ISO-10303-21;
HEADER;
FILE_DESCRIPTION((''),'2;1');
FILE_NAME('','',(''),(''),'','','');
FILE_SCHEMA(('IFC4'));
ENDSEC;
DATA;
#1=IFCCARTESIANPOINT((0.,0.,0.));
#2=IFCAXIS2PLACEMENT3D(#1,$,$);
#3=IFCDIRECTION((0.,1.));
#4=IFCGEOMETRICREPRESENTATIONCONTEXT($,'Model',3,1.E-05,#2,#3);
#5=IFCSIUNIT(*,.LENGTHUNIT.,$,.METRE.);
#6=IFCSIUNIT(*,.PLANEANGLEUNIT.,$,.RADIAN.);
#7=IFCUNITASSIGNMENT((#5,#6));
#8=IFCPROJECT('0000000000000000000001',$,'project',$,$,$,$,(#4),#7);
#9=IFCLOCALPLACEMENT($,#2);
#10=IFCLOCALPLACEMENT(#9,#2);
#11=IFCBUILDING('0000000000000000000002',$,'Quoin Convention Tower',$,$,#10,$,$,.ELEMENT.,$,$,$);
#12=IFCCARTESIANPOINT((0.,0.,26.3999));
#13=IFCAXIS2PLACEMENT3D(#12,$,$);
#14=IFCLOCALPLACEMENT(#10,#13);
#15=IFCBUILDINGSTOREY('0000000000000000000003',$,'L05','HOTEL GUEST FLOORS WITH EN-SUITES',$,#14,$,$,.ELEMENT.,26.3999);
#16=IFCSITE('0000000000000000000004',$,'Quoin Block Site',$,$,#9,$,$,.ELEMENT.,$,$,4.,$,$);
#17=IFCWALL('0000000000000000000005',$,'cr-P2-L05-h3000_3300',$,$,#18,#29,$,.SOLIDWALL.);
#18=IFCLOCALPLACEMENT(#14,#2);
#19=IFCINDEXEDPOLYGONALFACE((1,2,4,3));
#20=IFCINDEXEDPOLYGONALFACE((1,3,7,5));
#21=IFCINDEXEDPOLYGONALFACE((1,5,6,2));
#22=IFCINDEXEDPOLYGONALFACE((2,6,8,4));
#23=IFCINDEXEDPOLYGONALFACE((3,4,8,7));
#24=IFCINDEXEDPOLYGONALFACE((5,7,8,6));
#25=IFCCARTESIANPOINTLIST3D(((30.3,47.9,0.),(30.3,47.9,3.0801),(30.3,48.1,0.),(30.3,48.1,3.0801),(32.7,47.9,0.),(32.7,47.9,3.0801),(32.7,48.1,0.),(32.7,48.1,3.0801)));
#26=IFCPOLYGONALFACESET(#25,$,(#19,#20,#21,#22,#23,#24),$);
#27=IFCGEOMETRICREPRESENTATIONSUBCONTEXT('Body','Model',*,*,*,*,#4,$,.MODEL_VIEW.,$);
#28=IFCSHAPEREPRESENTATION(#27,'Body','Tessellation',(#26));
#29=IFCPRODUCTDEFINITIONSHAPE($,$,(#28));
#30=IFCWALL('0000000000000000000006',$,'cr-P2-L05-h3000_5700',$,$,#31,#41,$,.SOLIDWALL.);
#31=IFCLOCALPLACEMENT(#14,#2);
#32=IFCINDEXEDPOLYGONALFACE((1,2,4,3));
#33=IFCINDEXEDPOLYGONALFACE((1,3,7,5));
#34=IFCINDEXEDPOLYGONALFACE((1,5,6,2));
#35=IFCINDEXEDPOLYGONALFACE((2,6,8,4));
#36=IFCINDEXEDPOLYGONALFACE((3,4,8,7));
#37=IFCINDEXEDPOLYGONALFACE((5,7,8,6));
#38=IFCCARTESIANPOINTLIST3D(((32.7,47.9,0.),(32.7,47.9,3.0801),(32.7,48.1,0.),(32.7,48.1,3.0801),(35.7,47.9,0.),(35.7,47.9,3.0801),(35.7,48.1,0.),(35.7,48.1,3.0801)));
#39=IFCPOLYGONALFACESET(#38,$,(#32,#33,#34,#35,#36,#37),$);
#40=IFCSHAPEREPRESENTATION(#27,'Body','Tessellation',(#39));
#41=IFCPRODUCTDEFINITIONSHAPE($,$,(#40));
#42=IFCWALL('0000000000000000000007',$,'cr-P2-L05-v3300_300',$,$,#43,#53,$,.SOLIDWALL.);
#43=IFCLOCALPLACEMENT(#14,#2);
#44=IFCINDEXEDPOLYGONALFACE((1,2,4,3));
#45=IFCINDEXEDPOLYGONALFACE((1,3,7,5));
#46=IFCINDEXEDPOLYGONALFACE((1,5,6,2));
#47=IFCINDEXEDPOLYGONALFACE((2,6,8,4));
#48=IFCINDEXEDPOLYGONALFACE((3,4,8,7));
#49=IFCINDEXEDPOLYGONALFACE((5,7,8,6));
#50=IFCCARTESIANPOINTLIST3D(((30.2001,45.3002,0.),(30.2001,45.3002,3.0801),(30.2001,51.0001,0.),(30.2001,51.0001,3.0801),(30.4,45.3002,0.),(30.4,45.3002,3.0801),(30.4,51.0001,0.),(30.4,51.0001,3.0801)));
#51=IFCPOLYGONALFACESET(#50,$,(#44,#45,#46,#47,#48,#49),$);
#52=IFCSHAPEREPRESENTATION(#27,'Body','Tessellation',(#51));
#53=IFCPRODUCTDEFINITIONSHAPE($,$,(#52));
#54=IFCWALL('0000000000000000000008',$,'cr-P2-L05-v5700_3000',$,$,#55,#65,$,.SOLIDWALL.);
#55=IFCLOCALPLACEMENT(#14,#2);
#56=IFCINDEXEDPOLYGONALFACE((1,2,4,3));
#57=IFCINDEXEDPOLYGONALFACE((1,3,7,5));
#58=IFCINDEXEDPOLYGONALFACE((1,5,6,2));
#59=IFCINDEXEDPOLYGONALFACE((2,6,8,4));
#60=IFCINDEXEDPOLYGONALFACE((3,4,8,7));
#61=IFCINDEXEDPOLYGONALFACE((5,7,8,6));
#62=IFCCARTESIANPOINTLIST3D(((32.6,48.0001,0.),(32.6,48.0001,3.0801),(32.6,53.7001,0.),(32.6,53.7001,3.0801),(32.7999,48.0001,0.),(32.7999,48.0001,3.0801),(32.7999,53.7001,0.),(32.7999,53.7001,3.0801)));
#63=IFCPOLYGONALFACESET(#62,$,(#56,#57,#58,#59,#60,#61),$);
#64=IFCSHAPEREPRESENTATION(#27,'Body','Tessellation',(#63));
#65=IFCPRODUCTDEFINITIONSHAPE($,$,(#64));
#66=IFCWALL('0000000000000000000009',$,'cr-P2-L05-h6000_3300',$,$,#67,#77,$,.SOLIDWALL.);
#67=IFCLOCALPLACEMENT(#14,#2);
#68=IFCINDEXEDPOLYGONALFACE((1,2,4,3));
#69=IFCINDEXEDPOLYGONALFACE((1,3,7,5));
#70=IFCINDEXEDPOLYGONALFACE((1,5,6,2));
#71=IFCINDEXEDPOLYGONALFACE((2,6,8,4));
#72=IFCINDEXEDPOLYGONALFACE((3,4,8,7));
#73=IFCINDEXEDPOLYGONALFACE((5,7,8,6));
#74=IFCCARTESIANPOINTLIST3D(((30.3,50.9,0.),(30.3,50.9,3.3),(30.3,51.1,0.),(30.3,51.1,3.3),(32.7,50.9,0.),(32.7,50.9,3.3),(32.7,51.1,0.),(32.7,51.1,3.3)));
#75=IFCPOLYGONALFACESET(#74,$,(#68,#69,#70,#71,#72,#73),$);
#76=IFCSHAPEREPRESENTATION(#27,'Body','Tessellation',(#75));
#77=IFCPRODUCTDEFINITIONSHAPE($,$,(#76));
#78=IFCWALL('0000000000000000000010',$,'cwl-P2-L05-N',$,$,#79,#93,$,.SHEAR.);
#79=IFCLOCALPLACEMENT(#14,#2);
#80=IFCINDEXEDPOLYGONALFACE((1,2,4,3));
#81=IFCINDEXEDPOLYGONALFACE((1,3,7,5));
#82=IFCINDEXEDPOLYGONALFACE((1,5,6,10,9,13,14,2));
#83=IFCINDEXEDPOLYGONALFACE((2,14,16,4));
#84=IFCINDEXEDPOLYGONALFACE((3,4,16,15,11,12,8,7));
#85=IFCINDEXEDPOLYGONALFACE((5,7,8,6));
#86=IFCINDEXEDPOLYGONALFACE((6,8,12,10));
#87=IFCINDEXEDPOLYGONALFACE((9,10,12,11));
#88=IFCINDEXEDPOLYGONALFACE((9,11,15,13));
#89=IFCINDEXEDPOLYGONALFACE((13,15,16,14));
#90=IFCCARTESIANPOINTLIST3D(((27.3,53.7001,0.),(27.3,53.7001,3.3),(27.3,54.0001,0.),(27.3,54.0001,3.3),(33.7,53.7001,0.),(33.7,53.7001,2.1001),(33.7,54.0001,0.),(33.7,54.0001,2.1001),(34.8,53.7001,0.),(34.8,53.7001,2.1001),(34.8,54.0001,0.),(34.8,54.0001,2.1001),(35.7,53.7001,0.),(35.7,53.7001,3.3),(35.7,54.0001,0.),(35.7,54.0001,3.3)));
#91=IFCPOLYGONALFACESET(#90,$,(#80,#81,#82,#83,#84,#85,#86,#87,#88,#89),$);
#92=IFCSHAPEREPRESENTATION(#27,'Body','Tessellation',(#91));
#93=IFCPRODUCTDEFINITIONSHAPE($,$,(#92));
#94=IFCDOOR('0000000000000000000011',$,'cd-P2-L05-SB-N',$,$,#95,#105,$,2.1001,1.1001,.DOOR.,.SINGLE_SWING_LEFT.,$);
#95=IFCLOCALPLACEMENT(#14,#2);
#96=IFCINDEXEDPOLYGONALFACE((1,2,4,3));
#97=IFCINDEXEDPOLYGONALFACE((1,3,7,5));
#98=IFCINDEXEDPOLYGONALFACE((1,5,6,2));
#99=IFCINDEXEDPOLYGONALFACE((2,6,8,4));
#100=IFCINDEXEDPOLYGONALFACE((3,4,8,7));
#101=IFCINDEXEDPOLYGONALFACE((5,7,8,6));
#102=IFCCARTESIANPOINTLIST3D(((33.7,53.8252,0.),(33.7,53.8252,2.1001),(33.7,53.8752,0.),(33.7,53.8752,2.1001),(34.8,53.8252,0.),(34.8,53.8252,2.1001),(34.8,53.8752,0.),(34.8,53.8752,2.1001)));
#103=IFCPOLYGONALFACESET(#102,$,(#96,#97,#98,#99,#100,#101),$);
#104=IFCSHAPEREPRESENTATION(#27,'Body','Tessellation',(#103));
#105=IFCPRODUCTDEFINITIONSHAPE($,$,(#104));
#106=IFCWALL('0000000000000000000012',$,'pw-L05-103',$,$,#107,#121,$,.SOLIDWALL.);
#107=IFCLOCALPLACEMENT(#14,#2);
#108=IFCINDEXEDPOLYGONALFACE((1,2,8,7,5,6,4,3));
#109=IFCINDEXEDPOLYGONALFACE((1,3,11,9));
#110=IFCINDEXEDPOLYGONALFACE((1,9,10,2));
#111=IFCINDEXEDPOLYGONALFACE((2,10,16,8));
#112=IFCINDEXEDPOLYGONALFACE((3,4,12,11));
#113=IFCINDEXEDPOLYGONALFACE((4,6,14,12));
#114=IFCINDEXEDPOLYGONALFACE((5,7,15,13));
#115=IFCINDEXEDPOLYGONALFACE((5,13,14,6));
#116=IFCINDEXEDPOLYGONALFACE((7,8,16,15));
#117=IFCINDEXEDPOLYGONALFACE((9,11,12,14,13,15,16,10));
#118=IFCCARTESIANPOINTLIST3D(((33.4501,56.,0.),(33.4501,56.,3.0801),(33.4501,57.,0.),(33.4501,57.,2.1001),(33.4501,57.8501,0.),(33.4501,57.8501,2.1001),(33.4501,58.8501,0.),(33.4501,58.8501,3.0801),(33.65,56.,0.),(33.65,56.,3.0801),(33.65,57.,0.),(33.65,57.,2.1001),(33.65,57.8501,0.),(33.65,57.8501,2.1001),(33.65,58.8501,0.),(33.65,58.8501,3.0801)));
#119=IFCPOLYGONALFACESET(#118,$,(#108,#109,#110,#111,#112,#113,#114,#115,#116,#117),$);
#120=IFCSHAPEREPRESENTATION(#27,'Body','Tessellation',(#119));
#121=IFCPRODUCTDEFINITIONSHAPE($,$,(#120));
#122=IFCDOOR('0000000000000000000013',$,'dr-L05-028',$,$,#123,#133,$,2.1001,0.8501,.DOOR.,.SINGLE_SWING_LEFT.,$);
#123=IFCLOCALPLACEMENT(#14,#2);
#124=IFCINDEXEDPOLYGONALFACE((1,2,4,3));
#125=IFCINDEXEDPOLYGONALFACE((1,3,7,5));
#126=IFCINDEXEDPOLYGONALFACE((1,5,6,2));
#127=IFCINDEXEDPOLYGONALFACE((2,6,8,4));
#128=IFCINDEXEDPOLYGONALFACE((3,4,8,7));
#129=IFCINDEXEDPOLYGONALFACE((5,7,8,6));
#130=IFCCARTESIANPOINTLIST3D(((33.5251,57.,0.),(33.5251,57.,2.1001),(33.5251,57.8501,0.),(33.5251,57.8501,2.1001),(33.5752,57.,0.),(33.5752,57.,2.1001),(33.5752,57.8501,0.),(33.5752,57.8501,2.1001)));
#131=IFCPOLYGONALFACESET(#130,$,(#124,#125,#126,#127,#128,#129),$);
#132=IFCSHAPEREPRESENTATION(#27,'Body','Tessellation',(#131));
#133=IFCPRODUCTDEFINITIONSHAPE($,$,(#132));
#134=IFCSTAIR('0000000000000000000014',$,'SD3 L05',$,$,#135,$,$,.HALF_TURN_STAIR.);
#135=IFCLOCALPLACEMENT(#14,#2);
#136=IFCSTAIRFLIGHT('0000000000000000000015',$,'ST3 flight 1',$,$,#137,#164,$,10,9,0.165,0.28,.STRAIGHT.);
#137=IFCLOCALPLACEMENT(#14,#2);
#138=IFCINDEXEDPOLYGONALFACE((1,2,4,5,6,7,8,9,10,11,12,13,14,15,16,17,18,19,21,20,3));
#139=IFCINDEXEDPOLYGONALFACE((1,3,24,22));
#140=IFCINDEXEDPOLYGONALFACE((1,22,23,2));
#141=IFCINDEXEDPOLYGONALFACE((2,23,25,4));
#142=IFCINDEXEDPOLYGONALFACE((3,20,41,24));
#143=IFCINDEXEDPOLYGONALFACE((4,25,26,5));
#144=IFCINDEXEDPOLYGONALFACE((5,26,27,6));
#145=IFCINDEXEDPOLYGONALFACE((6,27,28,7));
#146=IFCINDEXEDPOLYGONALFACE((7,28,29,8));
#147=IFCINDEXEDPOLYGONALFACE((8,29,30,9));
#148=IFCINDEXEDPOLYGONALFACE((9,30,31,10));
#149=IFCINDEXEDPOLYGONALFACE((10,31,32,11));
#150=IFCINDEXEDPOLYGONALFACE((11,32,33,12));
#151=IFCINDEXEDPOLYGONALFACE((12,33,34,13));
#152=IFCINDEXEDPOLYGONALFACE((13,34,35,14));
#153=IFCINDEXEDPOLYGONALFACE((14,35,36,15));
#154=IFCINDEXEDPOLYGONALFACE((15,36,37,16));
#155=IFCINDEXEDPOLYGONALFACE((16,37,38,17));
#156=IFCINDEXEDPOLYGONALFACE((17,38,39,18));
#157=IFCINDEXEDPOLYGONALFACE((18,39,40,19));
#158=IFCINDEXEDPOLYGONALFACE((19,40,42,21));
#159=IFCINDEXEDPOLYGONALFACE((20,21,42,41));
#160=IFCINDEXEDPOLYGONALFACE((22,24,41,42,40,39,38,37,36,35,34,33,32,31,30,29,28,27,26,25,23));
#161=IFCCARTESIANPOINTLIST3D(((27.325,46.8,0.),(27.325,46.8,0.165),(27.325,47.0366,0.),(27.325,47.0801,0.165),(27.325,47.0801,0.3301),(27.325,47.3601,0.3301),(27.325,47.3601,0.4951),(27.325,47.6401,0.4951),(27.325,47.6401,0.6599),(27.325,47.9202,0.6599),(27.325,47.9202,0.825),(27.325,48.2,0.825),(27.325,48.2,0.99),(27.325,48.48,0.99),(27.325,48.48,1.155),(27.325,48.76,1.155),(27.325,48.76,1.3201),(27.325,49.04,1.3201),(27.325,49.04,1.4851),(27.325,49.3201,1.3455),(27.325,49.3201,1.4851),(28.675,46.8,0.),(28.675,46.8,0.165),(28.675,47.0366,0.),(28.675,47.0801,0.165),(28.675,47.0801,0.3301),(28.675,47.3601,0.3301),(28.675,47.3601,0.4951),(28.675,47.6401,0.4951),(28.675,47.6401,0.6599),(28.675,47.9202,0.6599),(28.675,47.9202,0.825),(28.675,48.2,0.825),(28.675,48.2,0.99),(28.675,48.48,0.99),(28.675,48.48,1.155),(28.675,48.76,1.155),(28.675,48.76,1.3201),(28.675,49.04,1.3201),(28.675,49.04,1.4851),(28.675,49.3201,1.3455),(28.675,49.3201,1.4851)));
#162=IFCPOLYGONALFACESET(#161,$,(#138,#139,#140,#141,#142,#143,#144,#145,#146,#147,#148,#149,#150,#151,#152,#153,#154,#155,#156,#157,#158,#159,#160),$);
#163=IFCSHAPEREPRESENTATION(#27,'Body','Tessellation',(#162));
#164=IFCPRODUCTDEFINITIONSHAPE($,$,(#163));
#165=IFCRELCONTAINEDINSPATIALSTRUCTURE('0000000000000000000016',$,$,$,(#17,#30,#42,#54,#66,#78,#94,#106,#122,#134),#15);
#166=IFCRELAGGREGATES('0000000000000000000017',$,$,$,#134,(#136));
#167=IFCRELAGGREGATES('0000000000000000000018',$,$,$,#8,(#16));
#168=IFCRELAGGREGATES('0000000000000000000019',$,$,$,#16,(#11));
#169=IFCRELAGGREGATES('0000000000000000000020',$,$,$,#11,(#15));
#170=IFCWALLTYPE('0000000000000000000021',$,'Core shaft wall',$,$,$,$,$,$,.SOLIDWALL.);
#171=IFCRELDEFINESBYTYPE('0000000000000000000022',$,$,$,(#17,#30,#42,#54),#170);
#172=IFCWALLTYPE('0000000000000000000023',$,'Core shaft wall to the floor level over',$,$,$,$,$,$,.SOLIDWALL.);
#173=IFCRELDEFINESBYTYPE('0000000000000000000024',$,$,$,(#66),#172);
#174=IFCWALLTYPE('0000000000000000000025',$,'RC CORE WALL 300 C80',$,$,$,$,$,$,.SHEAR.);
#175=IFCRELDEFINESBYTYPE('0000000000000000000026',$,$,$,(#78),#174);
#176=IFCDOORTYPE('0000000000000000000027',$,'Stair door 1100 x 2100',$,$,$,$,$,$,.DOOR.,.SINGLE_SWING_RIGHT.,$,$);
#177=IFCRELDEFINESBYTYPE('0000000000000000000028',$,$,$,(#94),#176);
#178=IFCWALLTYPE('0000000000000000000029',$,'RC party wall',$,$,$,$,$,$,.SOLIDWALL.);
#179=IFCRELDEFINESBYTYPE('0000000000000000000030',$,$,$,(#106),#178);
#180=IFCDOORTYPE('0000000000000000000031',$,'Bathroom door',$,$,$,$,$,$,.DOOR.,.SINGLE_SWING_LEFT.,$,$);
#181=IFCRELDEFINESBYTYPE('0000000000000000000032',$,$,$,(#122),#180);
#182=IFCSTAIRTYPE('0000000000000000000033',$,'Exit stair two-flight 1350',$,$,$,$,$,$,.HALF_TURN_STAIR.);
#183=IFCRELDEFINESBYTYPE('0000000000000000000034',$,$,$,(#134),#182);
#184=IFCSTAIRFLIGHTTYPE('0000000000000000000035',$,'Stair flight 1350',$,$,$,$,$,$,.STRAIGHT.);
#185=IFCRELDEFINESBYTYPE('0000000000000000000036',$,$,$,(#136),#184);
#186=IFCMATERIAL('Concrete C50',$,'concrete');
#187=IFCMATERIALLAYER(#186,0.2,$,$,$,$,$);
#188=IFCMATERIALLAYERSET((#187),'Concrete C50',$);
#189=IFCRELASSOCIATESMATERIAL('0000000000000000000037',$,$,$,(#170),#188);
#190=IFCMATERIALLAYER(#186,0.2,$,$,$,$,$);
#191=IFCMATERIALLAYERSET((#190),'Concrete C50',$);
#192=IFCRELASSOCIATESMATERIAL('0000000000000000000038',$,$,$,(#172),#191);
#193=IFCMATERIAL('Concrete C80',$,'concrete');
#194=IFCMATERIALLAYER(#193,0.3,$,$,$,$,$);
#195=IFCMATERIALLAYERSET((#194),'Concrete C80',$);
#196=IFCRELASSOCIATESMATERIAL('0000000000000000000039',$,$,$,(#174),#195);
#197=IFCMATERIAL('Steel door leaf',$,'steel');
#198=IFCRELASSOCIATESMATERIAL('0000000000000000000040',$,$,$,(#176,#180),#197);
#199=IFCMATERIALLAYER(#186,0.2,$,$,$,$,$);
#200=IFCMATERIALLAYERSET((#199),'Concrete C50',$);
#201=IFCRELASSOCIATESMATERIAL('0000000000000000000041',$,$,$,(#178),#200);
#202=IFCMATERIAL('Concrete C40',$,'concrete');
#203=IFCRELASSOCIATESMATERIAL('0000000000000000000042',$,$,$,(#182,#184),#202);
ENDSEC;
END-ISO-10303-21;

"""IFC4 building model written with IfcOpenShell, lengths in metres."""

from ifc_helpers import new_model, si_unit, direction, frame, frame_2d, origin, place, context, subcontext, project, spatial, polyline, rectangle, outline, extrude, material, layer, layer_set, type_object, element, fill, aggregate, save


model = new_model("IFC4")

# Units and contexts
model_context = context("Model", 3, precision=1e-05, world=origin(), true_north=direction((0.0, 1.0)))
body_context = subcontext(model_context, "Body", "Model", "MODEL_VIEW")
ifc_project = project(units=[si_unit("LENGTHUNIT", "METRE"), si_unit("PLANEANGLEUNIT", "RADIAN")], contexts=[model_context])

# Site, building, storey
site_placement = place(None, origin())
site = spatial("IfcSite", under=ifc_project, at=site_placement, Name="Quoin Block Site", CompositionType="ELEMENT", RefElevation=4.0)
building_placement = place(site_placement, origin())
building = spatial("IfcBuilding", under=site, at=building_placement, Name="Quoin Convention Tower", CompositionType="ELEMENT")
storey_placement = place(building_placement, frame((0.0, 0.0, 26.3999)))
storey = spatial("IfcBuildingStorey", under=building, at=storey_placement, Name="L05", Description="HOTEL GUEST FLOORS WITH EN-SUITES", CompositionType="ELEMENT", Elevation=26.3999)

# Walls
ifc_material_1 = material(Name="Concrete C50", Category="concrete")
ifc_layer_1 = layer(ifc_material_1, 0.2)
ifc_layer_set_1 = layer_set([ifc_layer_1], Name="Concrete C50")
wall_type_1 = type_object("IfcWallType", Name="Core shaft wall", PredefinedType="SOLIDWALL", material=ifc_layer_set_1)
wall_1_placement = place(storey_placement, frame((30.3, 48.0, 0.0), z_axis=(0.0, 0.0, 1.0), x_axis=(1.0, 0.0, 0.0)))
element("IfcWall", 1, at=wall_1_placement, inside=storey, type_object=wall_type_1, Name="cr-P2-L05-h3000_3300", PredefinedType="SOLIDWALL", context=body_context, shape_type="SweptSolid", body=[
    extrude(rectangle(XDim=2.3999, YDim=0.2, at=frame_2d((1.2, 0.0))), origin(), (0.0, 0.0, 1.0), 3.0801),
])
wall_2_placement = place(storey_placement, frame((32.7, 48.0, 0.0), z_axis=(0.0, 0.0, 1.0), x_axis=(1.0, 0.0, 0.0)))
element("IfcWall", 2, at=wall_2_placement, inside=storey, type_object=wall_type_1, Name="cr-P2-L05-h3000_5700", PredefinedType="SOLIDWALL", context=body_context, shape_type="SweptSolid", body=[
    extrude(rectangle(XDim=3.0, YDim=0.2, at=frame_2d((1.5, 0.0))), origin(), (0.0, 0.0, 1.0), 3.0801),
])
for number, where, z_axis, x_axis, name in (
    (3, (30.3, 45.3, 0.0), (0.0, 0.0, 1.0), (0.0, 1.0, 0.0), "cr-P2-L05-v3300_300"),
    (4, (32.7, 48.0, 0.0), (0.0, 0.0, 1.0), (0.0, 1.0, 0.0), "cr-P2-L05-v5700_3000"),
):
    element("IfcWall", number, at=place(storey_placement, frame(where, z_axis=z_axis, x_axis=x_axis)), inside=storey, type_object=wall_type_1, Name=name, PredefinedType="SOLIDWALL", context=body_context, shape_type="SweptSolid", body=[
        extrude(rectangle(XDim=5.7, YDim=0.2, at=frame_2d((2.8501, 0.0))), origin(), (0.0, 0.0, 1.0), 3.0801),
    ])
ifc_layer_2 = layer(ifc_material_1, 0.2)
ifc_layer_set_2 = layer_set([ifc_layer_2], Name="Concrete C50")
wall_type_2 = type_object("IfcWallType", Name="Core shaft wall to the floor level over", PredefinedType="SOLIDWALL", material=ifc_layer_set_2)
wall_3_placement = place(storey_placement, frame((30.3, 51.0, 0.0), z_axis=(0.0, 0.0, 1.0), x_axis=(1.0, 0.0, 0.0)))
element("IfcWall", 5, at=wall_3_placement, inside=storey, type_object=wall_type_2, Name="cr-P2-L05-h6000_3300", PredefinedType="SOLIDWALL", context=body_context, shape_type="SweptSolid", body=[
    extrude(rectangle(XDim=2.3999, YDim=0.2, at=frame_2d((1.2, 0.0))), origin(), (0.0, 0.0, 1.0), 3.3),
])

# Walls, openings, doors
ifc_material_2 = material(Name="Concrete C80", Category="concrete")
ifc_layer_3 = layer(ifc_material_2, 0.3)
ifc_layer_set_3 = layer_set([ifc_layer_3], Name="Concrete C80")
wall_type_3 = type_object("IfcWallType", Name="RC CORE WALL 300 C80", PredefinedType="SHEAR", material=ifc_layer_set_3)
wall_4_placement = place(storey_placement, frame((27.3, 53.8501, 0.0), z_axis=(0.0, 0.0, 1.0), x_axis=(1.0, 0.0, 0.0)))
wall_4 = element("IfcWall", 6, at=wall_4_placement, inside=storey, type_object=wall_type_3, Name="cwl-P2-L05-N", PredefinedType="SHEAR", context=body_context, shape_type="SweptSolid", body=[
    extrude(rectangle(XDim=8.3999, YDim=0.3, at=frame_2d((4.2, 0.0))), origin(), (0.0, 0.0, 1.0), 3.3),
])
opening_1_placement = place(wall_4_placement, frame((6.3999, 0.0, 0.0)))
opening_1 = element("IfcOpeningElement", 7, at=opening_1_placement, cuts=wall_4, PredefinedType="OPENING", context=body_context, shape_type="SweptSolid", body=[
    extrude(rectangle(XDim=1.1001, YDim=2.1001, at=frame_2d((0.55, 1.05))), frame((0.0, 0.1599, 0.0), z_axis=(0.0, -1.0, 0.0), x_axis=(1.0, 0.0, 0.0)), (0.0, 0.0, 1.0), 0.3201),
])
ifc_material_3 = material(Name="Steel door leaf", Category="steel")
door_type_1 = type_object("IfcDoorType", Name="Stair door 1100 x 2100", OperationType="SINGLE_SWING_RIGHT", PredefinedType="DOOR", material=ifc_material_3)
door_1_placement = place(opening_1_placement, frame((1.1001, 0.0, 0.0), z_axis=(0.0, 0.0, 1.0), x_axis=(-1.0, 0.0, 0.0)))
door_1 = element("IfcDoor", 8, at=door_1_placement, inside=storey, type_object=door_type_1, Name="cd-P2-L05-SB-N", OperationType="SINGLE_SWING_LEFT", OverallHeight=2.1001, OverallWidth=1.1001, PredefinedType="DOOR", context=body_context, shape_type="SweptSolid", body=[
    extrude(rectangle(XDim=1.1001, YDim=2.1001, at=frame_2d((0.55, 1.05))), frame((0.0, 0.0249, 0.0), z_axis=(0.0, -1.0, 0.0), x_axis=(1.0, 0.0, 0.0)), (0.0, 0.0, 1.0), 0.05),
])
fill(opening_1, door_1)
ifc_layer_4 = layer(ifc_material_1, 0.2)
ifc_layer_set_4 = layer_set([ifc_layer_4], Name="Concrete C50")
wall_type_4 = type_object("IfcWallType", Name="RC party wall", PredefinedType="SOLIDWALL", material=ifc_layer_set_4)
wall_5_placement = place(storey_placement, frame((33.55, 56.0, 0.0), z_axis=(0.0, 0.0, 1.0), x_axis=(0.0, 1.0, 0.0)))
wall_5 = element("IfcWall", 9, at=wall_5_placement, inside=storey, type_object=wall_type_4, Name="pw-L05-103", PredefinedType="SOLIDWALL", context=body_context, shape_type="SweptSolid", body=[
    extrude(rectangle(XDim=2.8501, YDim=0.2, at=frame_2d((1.425, 0.0))), origin(), (0.0, 0.0, 1.0), 3.0801),
])
opening_2_placement = place(wall_5_placement, frame((1.0, 0.0, 0.0)))
opening_2 = element("IfcOpeningElement", 10, at=opening_2_placement, cuts=wall_5, PredefinedType="OPENING", context=body_context, shape_type="SweptSolid", body=[
    extrude(rectangle(XDim=0.8501, YDim=2.1001, at=frame_2d((0.425, 1.05))), frame((0.0, 0.1099, 0.0), z_axis=(0.0, -1.0, 0.0), x_axis=(1.0, 0.0, 0.0)), (0.0, 0.0, 1.0), 0.22),
])
door_type_2 = type_object("IfcDoorType", Name="Bathroom door", OperationType="SINGLE_SWING_LEFT", PredefinedType="DOOR", material=ifc_material_3)
door_2_placement = place(opening_2_placement, origin())
door_2 = element("IfcDoor", 11, at=door_2_placement, inside=storey, type_object=door_type_2, Name="dr-L05-028", OperationType="SINGLE_SWING_LEFT", OverallHeight=2.1001, OverallWidth=0.8501, PredefinedType="DOOR", context=body_context, shape_type="SweptSolid", body=[
    extrude(rectangle(XDim=0.8501, YDim=2.1001, at=frame_2d((0.425, 1.05))), frame((0.0, 0.0249, 0.0), z_axis=(0.0, -1.0, 0.0), x_axis=(1.0, 0.0, 0.0)), (0.0, 0.0, 1.0), 0.05),
])
fill(opening_2, door_2)

# Stair, stair flight
ifc_material_4 = material(Name="Concrete C40", Category="concrete")
stair_type = type_object("IfcStairType", Name="Exit stair two-flight 1350", PredefinedType="HALF_TURN_STAIR", material=ifc_material_4)
stair_1_placement = place(storey_placement, origin())
stair_1 = element("IfcStair", 12, at=stair_1_placement, inside=storey, type_object=stair_type, Name="SD3 L05", PredefinedType="HALF_TURN_STAIR")
stair_flight_type = type_object("IfcStairFlightType", Name="Stair flight 1350", PredefinedType="STRAIGHT", material=ifc_material_4)
stair_flight_1_placement = place(storey_placement, frame((28.0, 46.8, 0.0), z_axis=(0.0, 0.0, 1.0), x_axis=(0.0, 1.0, 0.0)))
stair_flight_1 = element("IfcStairFlight", 13, at=stair_flight_1_placement, type_object=stair_flight_type, Name="ST3 flight 1", NumberOfRisers=10, NumberOfTreads=9, PredefinedType="STRAIGHT", RiserHeight=0.165, TreadLength=0.28, context=body_context, shape_type="SweptSolid", body=[
    extrude(outline(polyline([(0.0, 0.0), (0.0, 0.165), (0.28, 0.165), (0.28, 0.3301), (0.5601, 0.3301), (0.5601, 0.4951), (0.8401, 0.4951), (0.8401, 0.6599), (1.1201, 0.6599), (1.1201, 0.825), (1.3999, 0.825), (1.3999, 0.99), (1.6799, 0.99), (1.6799, 1.155), (1.96, 1.155), (1.96, 1.3201), (2.24, 1.3201), (2.24, 1.4851), (2.52, 1.4851), (2.52, 1.6499), (2.52, 1.3455), (0.2366, 0.0), (0.0, 0.0)])), frame((0.0, 0.675, 0.0), z_axis=(0.0, -1.0, 0.0), x_axis=(1.0, 0.0, 0.0)), (0.0, 0.0, 1.0), 1.3501),
])
aggregate(stair_1, [stair_flight_1])

save(model, "model.ifc")
